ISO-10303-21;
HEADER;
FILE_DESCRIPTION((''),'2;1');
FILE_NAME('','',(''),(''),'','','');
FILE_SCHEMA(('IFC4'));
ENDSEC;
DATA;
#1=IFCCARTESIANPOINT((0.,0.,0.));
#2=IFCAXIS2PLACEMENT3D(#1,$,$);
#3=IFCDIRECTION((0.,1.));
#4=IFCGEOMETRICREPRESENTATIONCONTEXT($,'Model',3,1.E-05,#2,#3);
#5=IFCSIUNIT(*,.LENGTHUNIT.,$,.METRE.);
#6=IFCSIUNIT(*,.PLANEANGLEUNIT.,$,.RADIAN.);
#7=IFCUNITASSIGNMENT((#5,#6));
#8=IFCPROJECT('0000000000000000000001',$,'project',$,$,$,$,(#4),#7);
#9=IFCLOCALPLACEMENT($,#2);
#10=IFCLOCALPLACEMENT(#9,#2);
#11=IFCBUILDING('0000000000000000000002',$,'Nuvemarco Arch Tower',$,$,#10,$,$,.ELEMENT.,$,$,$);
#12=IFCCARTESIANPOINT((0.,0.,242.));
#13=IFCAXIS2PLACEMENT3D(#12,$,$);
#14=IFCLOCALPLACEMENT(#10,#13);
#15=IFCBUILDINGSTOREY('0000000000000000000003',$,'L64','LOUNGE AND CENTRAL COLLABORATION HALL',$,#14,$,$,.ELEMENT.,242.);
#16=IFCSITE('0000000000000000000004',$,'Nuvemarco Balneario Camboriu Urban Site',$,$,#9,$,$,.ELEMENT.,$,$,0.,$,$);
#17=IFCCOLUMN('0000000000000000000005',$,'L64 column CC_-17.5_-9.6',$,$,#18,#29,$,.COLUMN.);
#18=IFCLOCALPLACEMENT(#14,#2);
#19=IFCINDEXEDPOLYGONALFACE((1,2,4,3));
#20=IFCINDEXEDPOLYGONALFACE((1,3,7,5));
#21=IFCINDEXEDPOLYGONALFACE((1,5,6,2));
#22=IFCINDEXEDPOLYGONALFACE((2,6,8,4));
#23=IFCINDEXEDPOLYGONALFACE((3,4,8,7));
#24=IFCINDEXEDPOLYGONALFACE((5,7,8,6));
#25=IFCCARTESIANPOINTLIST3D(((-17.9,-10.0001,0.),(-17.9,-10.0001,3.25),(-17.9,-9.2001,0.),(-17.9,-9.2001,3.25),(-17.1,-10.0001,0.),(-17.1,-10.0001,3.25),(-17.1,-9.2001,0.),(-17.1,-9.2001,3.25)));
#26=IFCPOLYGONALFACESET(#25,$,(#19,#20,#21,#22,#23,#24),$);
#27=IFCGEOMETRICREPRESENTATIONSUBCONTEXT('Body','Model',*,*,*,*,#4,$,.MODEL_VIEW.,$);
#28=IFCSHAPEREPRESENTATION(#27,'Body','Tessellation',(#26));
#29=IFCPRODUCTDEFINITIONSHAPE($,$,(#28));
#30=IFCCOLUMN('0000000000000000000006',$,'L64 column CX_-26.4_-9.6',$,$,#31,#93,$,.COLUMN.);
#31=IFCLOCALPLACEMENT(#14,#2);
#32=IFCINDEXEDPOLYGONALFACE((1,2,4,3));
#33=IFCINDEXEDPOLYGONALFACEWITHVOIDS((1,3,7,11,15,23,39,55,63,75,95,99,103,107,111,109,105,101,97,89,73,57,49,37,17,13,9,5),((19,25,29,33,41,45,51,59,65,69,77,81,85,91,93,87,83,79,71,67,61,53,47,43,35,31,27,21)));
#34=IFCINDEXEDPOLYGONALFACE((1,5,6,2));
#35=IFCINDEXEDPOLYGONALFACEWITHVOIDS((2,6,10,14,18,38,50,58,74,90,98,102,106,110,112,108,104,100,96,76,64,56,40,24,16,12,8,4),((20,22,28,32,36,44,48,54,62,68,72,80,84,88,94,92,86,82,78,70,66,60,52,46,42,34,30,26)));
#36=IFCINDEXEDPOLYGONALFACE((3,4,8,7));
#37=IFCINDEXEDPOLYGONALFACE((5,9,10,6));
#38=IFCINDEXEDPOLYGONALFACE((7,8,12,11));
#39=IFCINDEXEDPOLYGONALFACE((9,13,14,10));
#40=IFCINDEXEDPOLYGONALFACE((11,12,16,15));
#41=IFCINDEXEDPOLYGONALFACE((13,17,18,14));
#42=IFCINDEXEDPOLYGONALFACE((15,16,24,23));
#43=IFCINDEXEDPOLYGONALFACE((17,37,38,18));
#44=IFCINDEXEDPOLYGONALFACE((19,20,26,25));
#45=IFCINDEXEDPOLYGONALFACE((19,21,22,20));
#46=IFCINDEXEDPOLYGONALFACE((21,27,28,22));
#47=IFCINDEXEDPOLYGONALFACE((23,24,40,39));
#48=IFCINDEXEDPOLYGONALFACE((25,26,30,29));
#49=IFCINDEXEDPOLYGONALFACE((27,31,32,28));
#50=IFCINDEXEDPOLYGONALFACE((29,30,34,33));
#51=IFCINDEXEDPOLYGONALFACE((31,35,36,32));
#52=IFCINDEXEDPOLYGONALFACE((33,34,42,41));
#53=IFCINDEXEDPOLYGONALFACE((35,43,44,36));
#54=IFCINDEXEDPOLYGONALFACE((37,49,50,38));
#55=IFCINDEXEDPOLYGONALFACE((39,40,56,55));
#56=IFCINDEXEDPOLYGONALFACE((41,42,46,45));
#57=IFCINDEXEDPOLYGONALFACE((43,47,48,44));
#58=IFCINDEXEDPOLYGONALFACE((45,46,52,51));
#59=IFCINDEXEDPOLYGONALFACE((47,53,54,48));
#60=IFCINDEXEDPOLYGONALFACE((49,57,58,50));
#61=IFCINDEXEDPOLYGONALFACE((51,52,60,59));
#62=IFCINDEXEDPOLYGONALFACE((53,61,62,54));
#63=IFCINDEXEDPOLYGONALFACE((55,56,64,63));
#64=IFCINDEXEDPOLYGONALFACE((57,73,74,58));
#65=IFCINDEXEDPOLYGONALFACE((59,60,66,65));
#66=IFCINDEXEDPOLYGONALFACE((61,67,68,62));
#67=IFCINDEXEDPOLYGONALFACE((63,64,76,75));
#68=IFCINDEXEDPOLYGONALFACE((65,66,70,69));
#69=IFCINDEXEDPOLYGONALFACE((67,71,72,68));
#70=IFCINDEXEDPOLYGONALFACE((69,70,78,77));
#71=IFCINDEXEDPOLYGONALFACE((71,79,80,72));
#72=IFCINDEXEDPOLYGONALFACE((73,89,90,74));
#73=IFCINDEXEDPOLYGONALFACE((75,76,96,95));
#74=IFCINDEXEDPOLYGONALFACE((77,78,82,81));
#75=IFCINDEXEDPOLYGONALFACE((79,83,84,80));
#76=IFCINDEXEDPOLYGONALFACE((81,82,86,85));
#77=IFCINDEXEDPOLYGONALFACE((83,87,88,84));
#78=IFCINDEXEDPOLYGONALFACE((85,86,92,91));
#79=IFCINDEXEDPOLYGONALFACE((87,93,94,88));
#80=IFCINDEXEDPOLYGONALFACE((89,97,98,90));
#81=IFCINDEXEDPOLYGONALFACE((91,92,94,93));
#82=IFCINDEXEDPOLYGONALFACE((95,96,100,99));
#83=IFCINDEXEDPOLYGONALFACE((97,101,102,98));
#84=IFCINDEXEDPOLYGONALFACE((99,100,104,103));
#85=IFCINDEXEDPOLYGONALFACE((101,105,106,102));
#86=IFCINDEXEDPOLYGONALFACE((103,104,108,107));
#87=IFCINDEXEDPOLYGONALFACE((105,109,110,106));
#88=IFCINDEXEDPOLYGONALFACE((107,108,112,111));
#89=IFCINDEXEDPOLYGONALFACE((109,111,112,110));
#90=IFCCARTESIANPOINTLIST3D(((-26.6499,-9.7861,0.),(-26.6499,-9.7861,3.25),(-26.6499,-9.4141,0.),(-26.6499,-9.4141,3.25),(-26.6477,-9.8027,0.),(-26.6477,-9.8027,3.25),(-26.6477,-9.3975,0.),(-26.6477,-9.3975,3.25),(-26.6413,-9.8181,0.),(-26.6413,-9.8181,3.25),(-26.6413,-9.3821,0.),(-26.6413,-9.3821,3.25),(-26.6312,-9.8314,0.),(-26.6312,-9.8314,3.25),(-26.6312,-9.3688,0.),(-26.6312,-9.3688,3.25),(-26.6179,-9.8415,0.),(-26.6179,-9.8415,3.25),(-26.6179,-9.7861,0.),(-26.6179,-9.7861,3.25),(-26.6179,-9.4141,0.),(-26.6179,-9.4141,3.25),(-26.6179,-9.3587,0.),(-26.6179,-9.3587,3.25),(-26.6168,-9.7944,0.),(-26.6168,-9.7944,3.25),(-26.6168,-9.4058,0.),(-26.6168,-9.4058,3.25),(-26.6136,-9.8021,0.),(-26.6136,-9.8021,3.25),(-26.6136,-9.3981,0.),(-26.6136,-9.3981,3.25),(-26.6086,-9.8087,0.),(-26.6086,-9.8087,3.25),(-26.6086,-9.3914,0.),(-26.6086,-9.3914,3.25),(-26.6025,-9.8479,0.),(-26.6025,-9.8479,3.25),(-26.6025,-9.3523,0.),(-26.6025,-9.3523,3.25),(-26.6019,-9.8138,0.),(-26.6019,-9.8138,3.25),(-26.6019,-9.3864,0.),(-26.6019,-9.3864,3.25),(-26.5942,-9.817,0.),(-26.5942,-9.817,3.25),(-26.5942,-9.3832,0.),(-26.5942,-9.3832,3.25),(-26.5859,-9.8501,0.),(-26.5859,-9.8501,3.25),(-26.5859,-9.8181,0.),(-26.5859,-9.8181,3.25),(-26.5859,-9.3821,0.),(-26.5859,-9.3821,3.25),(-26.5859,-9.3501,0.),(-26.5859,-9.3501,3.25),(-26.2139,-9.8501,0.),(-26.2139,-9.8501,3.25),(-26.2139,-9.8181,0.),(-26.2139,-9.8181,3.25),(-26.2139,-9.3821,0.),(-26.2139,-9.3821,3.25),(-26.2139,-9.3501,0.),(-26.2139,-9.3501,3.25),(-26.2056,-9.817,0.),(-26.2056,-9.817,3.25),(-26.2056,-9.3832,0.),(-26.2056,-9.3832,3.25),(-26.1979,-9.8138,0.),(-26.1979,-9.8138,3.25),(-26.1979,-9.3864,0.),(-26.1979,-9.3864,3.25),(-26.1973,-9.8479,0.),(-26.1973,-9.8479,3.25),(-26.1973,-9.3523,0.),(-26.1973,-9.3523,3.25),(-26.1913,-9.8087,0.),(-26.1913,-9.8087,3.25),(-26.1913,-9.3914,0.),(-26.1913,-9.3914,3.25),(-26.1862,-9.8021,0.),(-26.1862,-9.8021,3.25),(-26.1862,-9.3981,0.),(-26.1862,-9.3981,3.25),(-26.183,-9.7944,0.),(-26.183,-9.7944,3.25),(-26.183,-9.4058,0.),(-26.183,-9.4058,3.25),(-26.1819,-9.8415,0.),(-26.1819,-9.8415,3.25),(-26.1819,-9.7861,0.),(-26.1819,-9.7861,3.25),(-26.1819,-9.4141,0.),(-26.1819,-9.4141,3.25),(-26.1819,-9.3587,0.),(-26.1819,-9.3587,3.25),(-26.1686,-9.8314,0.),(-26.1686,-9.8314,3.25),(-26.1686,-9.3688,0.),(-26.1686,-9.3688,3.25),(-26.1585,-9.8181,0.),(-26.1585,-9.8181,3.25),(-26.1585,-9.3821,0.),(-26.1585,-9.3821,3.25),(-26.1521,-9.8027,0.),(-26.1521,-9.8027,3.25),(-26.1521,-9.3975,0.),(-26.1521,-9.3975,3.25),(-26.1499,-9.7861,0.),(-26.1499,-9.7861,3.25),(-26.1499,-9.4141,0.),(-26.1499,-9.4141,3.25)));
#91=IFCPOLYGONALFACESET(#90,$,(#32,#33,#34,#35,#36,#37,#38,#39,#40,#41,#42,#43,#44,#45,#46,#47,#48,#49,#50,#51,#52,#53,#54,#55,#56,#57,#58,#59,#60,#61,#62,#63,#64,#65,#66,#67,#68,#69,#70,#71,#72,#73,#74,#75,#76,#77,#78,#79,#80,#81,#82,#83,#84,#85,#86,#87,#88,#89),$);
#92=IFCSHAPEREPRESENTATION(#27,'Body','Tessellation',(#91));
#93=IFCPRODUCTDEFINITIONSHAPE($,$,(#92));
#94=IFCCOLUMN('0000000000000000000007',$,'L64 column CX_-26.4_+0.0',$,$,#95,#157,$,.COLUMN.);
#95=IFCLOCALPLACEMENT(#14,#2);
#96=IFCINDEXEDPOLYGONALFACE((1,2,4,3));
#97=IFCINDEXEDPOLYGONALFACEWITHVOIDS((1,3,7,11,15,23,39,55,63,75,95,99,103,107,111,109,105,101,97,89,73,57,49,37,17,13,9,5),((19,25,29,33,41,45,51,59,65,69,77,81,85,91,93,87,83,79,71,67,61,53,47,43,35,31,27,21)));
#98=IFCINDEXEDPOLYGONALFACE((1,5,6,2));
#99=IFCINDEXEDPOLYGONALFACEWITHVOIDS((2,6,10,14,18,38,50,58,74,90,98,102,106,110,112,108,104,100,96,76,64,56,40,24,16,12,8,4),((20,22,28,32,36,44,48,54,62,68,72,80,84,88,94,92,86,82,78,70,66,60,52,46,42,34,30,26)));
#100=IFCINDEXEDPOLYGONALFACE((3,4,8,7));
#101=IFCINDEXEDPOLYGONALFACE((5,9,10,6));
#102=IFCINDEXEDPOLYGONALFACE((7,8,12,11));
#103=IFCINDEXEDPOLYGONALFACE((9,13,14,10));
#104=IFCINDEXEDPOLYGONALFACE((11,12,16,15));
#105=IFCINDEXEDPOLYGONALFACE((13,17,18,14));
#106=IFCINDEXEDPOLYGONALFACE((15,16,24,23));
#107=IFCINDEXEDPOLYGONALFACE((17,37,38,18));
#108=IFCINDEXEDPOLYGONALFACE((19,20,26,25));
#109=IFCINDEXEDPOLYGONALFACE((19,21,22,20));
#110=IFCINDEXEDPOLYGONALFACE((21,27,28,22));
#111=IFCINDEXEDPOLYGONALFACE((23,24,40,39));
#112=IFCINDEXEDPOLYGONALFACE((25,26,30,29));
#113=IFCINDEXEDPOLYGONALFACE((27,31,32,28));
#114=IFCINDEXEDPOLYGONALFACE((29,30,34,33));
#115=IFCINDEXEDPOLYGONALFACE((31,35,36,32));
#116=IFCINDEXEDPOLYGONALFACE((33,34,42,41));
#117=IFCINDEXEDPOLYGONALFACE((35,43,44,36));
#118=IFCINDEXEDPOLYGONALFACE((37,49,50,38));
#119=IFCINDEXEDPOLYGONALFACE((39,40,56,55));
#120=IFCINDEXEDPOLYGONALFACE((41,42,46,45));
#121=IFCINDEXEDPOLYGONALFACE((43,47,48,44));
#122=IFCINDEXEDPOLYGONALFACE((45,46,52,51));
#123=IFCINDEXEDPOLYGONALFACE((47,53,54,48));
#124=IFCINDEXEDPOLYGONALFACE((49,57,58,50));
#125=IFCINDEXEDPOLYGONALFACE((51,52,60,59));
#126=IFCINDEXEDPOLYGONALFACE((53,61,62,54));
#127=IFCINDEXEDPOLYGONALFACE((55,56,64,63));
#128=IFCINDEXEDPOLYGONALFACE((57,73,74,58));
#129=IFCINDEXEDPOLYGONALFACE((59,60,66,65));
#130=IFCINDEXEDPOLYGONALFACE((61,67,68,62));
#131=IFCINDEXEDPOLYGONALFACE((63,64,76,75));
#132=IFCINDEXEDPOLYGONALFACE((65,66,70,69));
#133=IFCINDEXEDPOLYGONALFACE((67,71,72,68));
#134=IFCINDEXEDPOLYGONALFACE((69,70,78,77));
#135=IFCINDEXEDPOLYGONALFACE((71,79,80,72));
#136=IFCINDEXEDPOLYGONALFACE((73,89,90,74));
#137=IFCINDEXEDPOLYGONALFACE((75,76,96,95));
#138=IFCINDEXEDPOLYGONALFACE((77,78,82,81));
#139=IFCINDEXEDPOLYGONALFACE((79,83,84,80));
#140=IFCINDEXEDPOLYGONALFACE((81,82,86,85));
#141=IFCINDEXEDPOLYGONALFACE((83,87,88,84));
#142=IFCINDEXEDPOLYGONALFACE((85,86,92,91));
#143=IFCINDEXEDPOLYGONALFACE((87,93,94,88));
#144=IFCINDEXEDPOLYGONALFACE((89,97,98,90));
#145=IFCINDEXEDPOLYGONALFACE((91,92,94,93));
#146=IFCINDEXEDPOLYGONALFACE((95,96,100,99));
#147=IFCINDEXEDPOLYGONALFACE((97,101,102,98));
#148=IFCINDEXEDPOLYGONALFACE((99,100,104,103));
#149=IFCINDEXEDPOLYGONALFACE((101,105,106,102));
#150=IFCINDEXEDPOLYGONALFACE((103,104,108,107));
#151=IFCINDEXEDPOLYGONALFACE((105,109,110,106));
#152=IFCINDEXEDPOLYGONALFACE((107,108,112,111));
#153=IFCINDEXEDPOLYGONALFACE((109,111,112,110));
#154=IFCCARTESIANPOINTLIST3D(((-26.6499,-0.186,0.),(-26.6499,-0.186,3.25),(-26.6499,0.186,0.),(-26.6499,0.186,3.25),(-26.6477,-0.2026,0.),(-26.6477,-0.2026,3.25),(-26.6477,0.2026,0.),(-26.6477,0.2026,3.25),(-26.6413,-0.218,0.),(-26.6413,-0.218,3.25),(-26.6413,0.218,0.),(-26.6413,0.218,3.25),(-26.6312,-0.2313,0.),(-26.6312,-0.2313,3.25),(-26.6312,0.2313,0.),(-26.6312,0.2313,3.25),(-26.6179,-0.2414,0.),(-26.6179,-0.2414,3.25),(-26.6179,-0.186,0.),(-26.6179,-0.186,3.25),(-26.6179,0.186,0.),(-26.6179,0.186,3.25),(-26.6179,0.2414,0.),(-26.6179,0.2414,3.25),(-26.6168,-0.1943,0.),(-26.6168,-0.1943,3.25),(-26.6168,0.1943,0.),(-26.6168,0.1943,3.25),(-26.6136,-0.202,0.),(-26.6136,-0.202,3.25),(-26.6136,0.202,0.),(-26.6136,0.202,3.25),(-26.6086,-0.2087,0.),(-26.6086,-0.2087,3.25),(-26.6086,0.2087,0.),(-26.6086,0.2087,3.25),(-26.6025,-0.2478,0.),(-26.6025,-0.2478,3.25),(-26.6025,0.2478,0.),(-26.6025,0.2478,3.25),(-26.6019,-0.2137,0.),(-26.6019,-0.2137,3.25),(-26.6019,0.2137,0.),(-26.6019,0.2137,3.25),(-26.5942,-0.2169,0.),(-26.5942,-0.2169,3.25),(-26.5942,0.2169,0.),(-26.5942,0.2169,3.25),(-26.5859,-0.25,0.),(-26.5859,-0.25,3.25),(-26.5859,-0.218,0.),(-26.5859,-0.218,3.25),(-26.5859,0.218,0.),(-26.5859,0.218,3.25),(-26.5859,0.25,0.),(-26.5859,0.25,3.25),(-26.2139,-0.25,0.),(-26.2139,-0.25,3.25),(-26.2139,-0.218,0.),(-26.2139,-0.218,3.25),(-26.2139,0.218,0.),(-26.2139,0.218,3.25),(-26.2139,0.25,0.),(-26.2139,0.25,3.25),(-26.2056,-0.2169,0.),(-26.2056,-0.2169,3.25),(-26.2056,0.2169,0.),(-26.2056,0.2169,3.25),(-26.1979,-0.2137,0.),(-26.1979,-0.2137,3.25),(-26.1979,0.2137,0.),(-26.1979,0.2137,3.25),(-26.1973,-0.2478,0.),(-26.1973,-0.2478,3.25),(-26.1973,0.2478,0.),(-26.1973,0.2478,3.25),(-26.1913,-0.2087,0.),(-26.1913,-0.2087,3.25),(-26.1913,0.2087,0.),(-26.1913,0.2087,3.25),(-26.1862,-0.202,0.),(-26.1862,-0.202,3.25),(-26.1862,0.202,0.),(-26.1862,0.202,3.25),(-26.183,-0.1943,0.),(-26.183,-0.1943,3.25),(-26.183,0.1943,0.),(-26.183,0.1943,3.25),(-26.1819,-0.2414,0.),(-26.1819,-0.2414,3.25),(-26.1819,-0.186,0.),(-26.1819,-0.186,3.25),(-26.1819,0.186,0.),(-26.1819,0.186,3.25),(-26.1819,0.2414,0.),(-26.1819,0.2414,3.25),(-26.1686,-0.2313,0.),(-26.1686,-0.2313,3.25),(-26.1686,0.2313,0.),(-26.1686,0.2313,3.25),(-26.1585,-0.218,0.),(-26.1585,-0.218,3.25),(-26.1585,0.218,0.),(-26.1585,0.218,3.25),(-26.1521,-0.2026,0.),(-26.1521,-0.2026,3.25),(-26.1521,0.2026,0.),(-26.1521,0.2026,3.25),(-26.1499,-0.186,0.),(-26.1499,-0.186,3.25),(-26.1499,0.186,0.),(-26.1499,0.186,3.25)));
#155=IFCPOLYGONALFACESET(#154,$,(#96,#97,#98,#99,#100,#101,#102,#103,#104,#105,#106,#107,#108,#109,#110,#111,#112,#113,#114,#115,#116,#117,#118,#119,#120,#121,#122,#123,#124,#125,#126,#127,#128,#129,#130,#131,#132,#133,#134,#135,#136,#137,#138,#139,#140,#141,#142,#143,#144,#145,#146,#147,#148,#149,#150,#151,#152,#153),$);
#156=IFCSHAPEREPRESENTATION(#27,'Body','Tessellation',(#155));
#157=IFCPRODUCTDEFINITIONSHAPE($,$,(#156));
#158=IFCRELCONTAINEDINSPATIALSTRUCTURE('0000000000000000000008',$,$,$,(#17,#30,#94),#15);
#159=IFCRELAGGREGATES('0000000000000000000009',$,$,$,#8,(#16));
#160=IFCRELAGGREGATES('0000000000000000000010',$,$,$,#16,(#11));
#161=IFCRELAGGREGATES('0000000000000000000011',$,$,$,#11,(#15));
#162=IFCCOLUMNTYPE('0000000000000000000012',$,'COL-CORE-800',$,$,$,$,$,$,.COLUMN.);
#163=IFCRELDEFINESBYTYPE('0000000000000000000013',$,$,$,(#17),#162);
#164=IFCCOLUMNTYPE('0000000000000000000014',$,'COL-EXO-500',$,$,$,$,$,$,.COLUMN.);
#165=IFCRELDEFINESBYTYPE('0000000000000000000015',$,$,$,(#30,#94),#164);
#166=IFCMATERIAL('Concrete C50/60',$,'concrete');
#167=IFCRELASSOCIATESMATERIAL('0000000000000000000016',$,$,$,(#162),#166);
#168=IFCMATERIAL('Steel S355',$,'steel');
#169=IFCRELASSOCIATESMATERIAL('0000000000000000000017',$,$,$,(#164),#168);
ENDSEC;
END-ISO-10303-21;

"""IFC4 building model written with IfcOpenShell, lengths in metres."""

from ifc_helpers import new_model, si_unit, direction, frame, origin, origin_2d, place, context, subcontext, project, spatial, rectangle, hollow_rectangle, extrude, material, material_profile, profile_set, type_object, element, save


model = new_model("IFC4")

# Units and contexts
model_context = context("Model", 3, precision=1e-05, world=origin(), true_north=direction((0.0, 1.0)))
body_context = subcontext(model_context, "Body", "Model", "MODEL_VIEW")
ifc_project = project(units=[si_unit("LENGTHUNIT", "METRE"), si_unit("PLANEANGLEUNIT", "RADIAN")], contexts=[model_context])

# Site, building, storey
site_placement = place(None, origin())
site = spatial("IfcSite", under=ifc_project, at=site_placement, Name="Nuvemarco Balneario Camboriu Urban Site", CompositionType="ELEMENT", RefElevation=0.0)
building_placement = place(site_placement, origin())
building = spatial("IfcBuilding", under=site, at=building_placement, Name="Nuvemarco Arch Tower", CompositionType="ELEMENT")
storey_placement = place(building_placement, frame((0.0, 0.0, 242.0)))
storey = spatial("IfcBuildingStorey", under=building, at=storey_placement, Name="L64", Description="LOUNGE AND CENTRAL COLLABORATION HALL", CompositionType="ELEMENT", Elevation=242.0)

# Columns
ifc_material_1 = material(Name="Concrete C50/60", Category="concrete")
ifc_material_profile_1 = material_profile(ifc_material_1, rectangle(XDim=0.8, YDim=0.8, at=origin_2d()), Name="RC-COL-800x800")
ifc_profile_set_1 = profile_set([ifc_material_profile_1], Name="Concrete C50/60")
column_type_1 = type_object("IfcColumnType", Name="COL-CORE-800", PredefinedType="COLUMN", material=ifc_profile_set_1)
column_placement = place(storey_placement, frame((-17.5, -9.6001, 0.0), z_axis=(0.0, 0.0, 1.0), x_axis=(1.0, 0.0, 0.0)))
element("IfcColumn", 1, at=column_placement, inside=storey, type_object=column_type_1, Name="L64 column CC_-17.5_-9.6", PredefinedType="COLUMN", context=body_context, shape_type="SweptSolid", body=[
    extrude(rectangle(XDim=0.8, YDim=0.8, at=origin_2d()), origin(), (0.0, 0.0, 1.0), 3.25),
])
ifc_material_2 = material(Name="Steel S355", Category="steel")
ifc_material_profile_2 = material_profile(ifc_material_2, hollow_rectangle(XDim=0.5, YDim=0.5, WallThickness=0.032, InnerFilletRadius=0.032, OuterFilletRadius=0.064, at=origin_2d()), Name="SHS500x500x32")
ifc_profile_set_2 = profile_set([ifc_material_profile_2], Name="Steel S355")
column_type_2 = type_object("IfcColumnType", Name="COL-EXO-500", PredefinedType="COLUMN", material=ifc_profile_set_2)
for number, where, z_axis, x_axis, name in (
    (2, (-26.3999, -9.6001, 0.0), (0.0, 0.0, 1.0), (1.0, 0.0, 0.0), "L64 column CX_-26.4_-9.6"),
    (3, (-26.3999, 0.0, 0.0), (0.0, 0.0, 1.0), (1.0, 0.0, 0.0), "L64 column CX_-26.4_+0.0"),
):
    element("IfcColumn", number, at=place(storey_placement, frame(where, z_axis=z_axis, x_axis=x_axis)), inside=storey, type_object=column_type_2, Name=name, PredefinedType="COLUMN", context=body_context, shape_type="SweptSolid", body=[
        extrude(hollow_rectangle(XDim=0.5, YDim=0.5, WallThickness=0.032, InnerFilletRadius=0.032, OuterFilletRadius=0.064, at=origin_2d()), origin(), (0.0, 0.0, 1.0), 3.25),
    ])

save(model, "model.ifc")
